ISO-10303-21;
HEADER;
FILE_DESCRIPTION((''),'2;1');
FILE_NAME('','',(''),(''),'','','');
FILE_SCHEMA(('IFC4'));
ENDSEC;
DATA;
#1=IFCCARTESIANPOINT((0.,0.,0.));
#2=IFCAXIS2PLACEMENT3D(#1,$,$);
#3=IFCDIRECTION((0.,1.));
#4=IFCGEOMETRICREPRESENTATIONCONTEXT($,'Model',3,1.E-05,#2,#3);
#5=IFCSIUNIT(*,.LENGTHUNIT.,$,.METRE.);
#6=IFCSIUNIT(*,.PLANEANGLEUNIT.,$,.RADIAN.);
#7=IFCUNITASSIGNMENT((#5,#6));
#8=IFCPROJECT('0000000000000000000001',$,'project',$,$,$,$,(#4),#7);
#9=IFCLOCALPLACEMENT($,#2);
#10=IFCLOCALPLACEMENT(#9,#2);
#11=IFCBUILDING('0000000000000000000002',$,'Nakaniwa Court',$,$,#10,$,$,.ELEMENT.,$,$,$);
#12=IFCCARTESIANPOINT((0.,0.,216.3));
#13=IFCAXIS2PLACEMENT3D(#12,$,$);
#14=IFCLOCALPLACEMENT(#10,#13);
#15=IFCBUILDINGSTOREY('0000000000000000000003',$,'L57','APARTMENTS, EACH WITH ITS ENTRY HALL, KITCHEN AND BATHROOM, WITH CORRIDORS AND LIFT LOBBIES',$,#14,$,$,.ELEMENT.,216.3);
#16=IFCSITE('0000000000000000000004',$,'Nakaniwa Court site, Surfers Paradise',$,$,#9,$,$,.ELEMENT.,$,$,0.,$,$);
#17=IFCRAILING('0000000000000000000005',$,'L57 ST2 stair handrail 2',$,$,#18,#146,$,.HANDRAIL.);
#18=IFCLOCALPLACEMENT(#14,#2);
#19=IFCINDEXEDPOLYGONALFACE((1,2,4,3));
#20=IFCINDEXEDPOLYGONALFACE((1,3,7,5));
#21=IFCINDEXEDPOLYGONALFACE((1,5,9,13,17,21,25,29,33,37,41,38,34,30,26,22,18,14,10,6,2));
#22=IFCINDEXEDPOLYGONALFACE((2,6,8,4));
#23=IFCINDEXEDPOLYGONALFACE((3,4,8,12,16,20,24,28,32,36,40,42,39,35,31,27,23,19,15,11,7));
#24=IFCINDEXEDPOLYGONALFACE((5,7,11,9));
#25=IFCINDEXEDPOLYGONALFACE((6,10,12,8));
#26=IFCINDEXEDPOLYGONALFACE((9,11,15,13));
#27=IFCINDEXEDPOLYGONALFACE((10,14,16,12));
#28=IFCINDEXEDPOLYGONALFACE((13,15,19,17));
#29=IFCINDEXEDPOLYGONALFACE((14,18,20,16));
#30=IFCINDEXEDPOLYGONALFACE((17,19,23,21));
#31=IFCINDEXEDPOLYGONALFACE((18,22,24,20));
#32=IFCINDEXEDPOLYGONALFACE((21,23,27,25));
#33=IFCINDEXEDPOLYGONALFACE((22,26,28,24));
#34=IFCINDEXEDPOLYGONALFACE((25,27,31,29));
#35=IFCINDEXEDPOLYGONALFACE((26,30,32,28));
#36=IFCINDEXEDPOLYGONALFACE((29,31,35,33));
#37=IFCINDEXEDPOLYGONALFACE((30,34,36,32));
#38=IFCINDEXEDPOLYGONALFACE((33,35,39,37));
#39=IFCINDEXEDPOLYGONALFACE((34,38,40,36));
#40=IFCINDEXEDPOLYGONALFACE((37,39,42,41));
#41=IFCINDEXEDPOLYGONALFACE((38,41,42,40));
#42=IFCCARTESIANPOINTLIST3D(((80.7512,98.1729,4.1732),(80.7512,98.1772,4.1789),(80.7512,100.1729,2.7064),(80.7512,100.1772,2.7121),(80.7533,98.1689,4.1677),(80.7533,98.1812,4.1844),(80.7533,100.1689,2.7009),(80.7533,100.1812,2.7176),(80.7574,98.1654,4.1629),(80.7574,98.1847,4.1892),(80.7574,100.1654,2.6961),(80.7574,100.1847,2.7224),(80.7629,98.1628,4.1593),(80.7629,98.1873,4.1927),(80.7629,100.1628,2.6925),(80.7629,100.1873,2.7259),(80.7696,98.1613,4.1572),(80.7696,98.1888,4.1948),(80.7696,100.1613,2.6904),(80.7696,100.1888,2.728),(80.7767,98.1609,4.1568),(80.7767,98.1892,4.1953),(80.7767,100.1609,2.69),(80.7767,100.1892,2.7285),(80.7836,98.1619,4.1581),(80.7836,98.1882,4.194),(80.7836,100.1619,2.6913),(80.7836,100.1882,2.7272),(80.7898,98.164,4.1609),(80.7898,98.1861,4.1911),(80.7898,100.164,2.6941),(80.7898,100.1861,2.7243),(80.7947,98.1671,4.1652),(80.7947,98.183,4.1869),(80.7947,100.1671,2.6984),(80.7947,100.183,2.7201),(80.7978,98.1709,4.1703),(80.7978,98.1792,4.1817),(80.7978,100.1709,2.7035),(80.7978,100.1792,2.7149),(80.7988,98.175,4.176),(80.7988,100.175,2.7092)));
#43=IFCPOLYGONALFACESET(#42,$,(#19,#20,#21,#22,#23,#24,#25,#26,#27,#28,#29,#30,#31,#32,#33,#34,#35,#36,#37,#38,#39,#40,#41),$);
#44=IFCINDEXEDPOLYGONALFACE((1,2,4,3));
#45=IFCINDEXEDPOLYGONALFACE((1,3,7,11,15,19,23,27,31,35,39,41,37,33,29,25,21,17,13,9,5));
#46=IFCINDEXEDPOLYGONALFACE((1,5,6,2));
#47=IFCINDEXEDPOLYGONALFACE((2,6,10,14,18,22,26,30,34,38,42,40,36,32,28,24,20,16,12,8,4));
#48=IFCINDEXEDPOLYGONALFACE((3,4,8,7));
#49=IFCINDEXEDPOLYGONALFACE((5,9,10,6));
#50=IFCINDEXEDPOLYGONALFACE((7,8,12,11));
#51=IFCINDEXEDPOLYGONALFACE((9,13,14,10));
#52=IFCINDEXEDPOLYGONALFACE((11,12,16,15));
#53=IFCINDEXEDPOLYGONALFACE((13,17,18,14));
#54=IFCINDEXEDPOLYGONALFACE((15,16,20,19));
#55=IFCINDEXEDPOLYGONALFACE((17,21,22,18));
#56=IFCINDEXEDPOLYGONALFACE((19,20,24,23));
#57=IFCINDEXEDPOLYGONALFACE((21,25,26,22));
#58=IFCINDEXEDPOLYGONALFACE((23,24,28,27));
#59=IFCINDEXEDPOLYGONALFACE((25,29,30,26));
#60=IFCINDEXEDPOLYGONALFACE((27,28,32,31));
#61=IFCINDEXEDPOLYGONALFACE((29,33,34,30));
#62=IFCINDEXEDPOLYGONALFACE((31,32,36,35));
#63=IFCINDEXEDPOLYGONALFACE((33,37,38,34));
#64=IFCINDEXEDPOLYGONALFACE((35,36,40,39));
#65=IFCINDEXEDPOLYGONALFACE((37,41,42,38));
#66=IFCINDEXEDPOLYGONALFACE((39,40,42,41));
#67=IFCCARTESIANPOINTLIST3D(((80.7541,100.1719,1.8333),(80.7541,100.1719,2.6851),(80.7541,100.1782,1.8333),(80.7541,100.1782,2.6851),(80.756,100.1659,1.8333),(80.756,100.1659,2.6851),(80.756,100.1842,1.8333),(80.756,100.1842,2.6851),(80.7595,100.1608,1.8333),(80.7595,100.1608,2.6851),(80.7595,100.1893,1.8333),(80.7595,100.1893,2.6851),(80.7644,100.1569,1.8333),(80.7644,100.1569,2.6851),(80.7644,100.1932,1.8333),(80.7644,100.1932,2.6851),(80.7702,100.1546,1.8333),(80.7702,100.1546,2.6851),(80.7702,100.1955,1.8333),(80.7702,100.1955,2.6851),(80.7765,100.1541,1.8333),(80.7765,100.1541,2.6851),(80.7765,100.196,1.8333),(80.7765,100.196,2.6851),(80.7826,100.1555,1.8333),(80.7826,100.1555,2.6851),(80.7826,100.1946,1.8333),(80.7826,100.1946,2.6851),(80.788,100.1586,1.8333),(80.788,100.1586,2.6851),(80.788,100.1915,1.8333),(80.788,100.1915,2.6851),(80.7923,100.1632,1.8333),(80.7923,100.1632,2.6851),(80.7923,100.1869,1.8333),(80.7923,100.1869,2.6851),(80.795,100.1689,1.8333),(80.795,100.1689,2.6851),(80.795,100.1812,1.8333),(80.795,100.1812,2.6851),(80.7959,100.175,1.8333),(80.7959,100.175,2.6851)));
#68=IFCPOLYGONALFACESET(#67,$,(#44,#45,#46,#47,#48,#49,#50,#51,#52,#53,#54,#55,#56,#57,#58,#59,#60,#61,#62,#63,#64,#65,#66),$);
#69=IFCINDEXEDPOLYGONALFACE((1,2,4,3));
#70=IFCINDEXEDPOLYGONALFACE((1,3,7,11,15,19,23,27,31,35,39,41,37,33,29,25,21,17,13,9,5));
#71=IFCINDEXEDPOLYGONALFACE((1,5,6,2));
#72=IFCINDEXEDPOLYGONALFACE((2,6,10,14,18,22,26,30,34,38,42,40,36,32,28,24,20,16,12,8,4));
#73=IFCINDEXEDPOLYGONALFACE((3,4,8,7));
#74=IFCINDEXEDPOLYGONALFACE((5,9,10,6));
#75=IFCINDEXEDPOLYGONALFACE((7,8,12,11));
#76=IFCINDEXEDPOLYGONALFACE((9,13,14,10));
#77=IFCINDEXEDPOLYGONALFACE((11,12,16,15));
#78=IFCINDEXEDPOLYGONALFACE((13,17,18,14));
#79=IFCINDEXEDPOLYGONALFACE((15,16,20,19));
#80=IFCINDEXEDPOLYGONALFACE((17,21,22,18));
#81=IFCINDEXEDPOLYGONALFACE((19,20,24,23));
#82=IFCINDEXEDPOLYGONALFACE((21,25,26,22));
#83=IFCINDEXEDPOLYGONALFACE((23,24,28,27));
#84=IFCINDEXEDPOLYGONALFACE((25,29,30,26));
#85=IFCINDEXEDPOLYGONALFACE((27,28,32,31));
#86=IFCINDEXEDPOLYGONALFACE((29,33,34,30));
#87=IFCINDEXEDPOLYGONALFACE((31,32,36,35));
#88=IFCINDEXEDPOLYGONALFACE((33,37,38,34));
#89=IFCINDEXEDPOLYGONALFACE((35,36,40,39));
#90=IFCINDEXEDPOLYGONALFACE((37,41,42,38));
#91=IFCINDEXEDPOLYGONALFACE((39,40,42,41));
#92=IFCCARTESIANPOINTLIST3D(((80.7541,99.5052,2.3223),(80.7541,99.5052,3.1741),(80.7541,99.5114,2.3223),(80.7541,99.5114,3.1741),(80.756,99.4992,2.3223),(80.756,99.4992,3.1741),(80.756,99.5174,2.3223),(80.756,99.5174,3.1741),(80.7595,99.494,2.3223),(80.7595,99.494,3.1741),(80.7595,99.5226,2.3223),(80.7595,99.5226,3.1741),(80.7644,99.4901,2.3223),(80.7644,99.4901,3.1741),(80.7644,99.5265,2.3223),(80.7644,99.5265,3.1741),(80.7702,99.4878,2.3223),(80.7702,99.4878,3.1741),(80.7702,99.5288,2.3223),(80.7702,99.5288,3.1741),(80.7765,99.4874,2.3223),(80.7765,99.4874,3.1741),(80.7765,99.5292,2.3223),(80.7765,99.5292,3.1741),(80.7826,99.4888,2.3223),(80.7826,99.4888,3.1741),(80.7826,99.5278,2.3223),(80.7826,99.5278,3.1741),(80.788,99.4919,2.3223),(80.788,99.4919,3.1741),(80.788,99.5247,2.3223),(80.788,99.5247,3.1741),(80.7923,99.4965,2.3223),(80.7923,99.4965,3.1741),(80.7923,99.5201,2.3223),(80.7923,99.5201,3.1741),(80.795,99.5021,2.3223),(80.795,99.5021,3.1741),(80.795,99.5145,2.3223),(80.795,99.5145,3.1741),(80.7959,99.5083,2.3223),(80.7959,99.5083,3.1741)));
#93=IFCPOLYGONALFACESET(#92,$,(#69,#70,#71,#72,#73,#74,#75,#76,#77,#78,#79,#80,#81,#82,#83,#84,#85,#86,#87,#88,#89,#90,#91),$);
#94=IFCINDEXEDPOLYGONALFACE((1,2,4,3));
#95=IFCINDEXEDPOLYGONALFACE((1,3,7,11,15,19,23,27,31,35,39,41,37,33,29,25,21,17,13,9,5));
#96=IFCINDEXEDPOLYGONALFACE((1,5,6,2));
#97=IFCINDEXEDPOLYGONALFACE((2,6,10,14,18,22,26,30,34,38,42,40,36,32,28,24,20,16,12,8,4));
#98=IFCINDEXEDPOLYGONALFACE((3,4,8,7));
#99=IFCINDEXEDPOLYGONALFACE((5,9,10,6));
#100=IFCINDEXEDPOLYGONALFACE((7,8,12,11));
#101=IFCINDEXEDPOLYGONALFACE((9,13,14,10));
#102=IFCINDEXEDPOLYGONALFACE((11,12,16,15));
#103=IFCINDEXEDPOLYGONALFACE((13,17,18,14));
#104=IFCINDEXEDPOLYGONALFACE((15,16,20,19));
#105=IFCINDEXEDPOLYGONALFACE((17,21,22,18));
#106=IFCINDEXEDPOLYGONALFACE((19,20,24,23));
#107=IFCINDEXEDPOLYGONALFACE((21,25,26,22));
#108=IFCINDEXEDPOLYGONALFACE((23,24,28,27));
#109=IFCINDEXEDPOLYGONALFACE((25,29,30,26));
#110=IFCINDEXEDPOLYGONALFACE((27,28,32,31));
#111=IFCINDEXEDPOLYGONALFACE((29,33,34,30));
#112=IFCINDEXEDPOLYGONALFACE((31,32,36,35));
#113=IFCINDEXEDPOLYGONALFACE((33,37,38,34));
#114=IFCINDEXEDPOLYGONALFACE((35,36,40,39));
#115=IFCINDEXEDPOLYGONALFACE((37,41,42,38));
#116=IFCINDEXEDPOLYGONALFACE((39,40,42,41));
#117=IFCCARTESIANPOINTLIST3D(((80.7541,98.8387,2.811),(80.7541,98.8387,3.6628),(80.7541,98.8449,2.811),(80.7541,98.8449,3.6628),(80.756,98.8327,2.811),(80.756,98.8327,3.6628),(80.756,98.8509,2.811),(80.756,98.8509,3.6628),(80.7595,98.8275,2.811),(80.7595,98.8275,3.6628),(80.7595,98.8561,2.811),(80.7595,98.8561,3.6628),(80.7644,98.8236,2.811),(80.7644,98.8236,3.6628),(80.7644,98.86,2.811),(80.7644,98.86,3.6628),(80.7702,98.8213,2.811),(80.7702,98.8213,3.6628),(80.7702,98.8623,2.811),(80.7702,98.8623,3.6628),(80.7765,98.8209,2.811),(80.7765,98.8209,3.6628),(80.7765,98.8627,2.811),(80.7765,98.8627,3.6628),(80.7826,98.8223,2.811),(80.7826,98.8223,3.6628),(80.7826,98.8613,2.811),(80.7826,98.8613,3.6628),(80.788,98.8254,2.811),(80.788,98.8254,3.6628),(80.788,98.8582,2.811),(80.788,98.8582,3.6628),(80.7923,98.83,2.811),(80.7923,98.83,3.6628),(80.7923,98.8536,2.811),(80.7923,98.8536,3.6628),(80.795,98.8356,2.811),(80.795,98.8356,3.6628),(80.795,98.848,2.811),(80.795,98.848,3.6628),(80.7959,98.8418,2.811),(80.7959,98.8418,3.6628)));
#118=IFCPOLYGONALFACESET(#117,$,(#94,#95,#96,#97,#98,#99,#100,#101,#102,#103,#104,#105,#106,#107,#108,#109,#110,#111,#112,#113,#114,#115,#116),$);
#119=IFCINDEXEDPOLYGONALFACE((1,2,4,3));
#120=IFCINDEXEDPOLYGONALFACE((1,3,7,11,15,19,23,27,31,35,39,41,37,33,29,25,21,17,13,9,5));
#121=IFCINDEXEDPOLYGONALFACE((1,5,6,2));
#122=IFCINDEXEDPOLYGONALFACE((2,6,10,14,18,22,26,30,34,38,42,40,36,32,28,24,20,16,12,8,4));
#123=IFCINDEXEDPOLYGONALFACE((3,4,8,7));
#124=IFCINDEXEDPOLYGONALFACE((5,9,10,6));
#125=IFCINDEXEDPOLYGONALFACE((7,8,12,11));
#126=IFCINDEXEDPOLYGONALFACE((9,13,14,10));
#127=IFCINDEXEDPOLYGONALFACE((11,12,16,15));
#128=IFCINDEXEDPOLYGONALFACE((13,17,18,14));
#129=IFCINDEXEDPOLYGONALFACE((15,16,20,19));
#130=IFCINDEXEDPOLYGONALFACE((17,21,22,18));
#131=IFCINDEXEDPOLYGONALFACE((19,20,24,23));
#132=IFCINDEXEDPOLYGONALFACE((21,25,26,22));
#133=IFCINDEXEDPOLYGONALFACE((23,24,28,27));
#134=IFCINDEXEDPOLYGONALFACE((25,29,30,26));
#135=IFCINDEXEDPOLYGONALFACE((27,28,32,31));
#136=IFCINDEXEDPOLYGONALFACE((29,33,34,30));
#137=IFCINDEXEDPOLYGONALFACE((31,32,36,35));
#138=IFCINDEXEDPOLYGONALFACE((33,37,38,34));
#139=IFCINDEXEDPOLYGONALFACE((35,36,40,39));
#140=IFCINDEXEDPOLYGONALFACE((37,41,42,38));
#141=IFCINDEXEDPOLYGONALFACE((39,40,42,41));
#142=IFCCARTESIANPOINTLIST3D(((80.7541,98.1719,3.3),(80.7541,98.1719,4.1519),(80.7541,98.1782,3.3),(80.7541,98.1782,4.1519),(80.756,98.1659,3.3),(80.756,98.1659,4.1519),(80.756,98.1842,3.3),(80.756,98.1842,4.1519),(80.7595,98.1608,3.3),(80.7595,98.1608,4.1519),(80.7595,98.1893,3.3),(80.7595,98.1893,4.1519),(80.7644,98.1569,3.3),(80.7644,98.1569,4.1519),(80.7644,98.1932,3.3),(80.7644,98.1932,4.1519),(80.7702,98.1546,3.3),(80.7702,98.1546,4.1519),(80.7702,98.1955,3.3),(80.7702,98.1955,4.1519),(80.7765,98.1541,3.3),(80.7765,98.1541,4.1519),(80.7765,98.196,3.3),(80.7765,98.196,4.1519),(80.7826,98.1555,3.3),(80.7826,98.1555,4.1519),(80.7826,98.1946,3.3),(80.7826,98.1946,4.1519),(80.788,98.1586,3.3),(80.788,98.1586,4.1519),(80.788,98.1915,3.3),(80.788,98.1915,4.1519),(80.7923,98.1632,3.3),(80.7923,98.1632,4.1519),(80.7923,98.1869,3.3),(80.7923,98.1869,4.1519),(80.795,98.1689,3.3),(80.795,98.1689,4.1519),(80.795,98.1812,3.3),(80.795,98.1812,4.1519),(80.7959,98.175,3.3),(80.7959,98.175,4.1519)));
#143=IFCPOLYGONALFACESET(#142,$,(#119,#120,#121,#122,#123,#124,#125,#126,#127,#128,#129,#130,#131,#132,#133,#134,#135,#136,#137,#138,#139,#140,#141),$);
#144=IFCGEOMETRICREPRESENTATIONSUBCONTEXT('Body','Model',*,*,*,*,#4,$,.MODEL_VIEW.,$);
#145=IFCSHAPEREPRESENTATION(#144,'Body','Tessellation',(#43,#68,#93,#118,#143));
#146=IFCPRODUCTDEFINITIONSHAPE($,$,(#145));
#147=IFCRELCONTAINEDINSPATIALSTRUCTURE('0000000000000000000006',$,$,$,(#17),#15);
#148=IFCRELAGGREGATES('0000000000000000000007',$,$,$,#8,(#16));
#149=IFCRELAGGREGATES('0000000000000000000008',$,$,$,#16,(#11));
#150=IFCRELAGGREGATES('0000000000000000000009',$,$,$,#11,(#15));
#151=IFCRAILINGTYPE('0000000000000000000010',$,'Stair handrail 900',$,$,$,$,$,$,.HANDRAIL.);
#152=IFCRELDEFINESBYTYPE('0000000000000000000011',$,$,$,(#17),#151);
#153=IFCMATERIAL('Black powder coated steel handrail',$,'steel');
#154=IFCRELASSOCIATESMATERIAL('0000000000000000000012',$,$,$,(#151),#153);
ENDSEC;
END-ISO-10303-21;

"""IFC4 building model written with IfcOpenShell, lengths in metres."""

from ifc_helpers import new_model, si_unit, direction, frame, origin, origin_2d, place, context, subcontext, project, spatial, circle, extrude, material, type_object, element, save


model = new_model("IFC4")

# Units and contexts
model_context = context("Model", 3, precision=1e-05, world=origin(), true_north=direction((0.0, 1.0)))
body_context = subcontext(model_context, "Body", "Model", "MODEL_VIEW")
ifc_project = project(units=[si_unit("LENGTHUNIT", "METRE"), si_unit("PLANEANGLEUNIT", "RADIAN")], contexts=[model_context])

# Site, building, storey
site_placement = place(None, origin())
site = spatial("IfcSite", under=ifc_project, at=site_placement, Name="Nakaniwa Court site, Surfers Paradise", CompositionType="ELEMENT", RefElevation=0.0)
building_placement = place(site_placement, origin())
building = spatial("IfcBuilding", under=site, at=building_placement, Name="Nakaniwa Court", CompositionType="ELEMENT")
storey_placement = place(building_placement, frame((0.0, 0.0, 216.3)))
storey = spatial("IfcBuildingStorey", under=building, at=storey_placement, Name="L57", Description="APARTMENTS, EACH WITH ITS ENTRY HALL, KITCHEN AND BATHROOM, WITH CORRIDORS AND LIFT LOBBIES", CompositionType="ELEMENT", Elevation=216.3)

# Railing
ifc_material_1 = material(Name="Black powder coated steel handrail", Category="steel")
railing_type_1 = type_object("IfcRailingType", Name="Stair handrail 900", PredefinedType="HANDRAIL", material=ifc_material_1)
railing_1_placement = place(storey_placement, frame((80.7749, 100.175, 1.8333)))
element("IfcRailing", 1, at=railing_1_placement, inside=storey, type_object=railing_type_1, Name="L57 ST2 stair handrail 2", PredefinedType="HANDRAIL", context=body_context, shape_type="SweptSolid", body=[
    extrude(circle(Radius=0.0239, at=origin_2d()), frame((0.0, 0.0, 0.876), z_axis=(0.0, -0.80638, 0.591398), x_axis=(1.0, 0.0, 0.0)), (0.0, 0.0, 1.0), 2.4802),
    extrude(circle(Radius=0.021, at=origin_2d()), origin(), (0.0, 0.0, 1.0), 0.8518),
    extrude(circle(Radius=0.021, at=origin_2d()), frame((0.0, -0.6667, 0.489)), (0.0, 0.0, 1.0), 0.8518),
    extrude(circle(Radius=0.021, at=origin_2d()), frame((0.0, -1.3333, 0.9778)), (0.0, 0.0, 1.0), 0.8518),
    extrude(circle(Radius=0.021, at=origin_2d()), frame((0.0, -2.0, 1.4668)), (0.0, 0.0, 1.0), 0.8518),
])

save(model, "model.ifc")
